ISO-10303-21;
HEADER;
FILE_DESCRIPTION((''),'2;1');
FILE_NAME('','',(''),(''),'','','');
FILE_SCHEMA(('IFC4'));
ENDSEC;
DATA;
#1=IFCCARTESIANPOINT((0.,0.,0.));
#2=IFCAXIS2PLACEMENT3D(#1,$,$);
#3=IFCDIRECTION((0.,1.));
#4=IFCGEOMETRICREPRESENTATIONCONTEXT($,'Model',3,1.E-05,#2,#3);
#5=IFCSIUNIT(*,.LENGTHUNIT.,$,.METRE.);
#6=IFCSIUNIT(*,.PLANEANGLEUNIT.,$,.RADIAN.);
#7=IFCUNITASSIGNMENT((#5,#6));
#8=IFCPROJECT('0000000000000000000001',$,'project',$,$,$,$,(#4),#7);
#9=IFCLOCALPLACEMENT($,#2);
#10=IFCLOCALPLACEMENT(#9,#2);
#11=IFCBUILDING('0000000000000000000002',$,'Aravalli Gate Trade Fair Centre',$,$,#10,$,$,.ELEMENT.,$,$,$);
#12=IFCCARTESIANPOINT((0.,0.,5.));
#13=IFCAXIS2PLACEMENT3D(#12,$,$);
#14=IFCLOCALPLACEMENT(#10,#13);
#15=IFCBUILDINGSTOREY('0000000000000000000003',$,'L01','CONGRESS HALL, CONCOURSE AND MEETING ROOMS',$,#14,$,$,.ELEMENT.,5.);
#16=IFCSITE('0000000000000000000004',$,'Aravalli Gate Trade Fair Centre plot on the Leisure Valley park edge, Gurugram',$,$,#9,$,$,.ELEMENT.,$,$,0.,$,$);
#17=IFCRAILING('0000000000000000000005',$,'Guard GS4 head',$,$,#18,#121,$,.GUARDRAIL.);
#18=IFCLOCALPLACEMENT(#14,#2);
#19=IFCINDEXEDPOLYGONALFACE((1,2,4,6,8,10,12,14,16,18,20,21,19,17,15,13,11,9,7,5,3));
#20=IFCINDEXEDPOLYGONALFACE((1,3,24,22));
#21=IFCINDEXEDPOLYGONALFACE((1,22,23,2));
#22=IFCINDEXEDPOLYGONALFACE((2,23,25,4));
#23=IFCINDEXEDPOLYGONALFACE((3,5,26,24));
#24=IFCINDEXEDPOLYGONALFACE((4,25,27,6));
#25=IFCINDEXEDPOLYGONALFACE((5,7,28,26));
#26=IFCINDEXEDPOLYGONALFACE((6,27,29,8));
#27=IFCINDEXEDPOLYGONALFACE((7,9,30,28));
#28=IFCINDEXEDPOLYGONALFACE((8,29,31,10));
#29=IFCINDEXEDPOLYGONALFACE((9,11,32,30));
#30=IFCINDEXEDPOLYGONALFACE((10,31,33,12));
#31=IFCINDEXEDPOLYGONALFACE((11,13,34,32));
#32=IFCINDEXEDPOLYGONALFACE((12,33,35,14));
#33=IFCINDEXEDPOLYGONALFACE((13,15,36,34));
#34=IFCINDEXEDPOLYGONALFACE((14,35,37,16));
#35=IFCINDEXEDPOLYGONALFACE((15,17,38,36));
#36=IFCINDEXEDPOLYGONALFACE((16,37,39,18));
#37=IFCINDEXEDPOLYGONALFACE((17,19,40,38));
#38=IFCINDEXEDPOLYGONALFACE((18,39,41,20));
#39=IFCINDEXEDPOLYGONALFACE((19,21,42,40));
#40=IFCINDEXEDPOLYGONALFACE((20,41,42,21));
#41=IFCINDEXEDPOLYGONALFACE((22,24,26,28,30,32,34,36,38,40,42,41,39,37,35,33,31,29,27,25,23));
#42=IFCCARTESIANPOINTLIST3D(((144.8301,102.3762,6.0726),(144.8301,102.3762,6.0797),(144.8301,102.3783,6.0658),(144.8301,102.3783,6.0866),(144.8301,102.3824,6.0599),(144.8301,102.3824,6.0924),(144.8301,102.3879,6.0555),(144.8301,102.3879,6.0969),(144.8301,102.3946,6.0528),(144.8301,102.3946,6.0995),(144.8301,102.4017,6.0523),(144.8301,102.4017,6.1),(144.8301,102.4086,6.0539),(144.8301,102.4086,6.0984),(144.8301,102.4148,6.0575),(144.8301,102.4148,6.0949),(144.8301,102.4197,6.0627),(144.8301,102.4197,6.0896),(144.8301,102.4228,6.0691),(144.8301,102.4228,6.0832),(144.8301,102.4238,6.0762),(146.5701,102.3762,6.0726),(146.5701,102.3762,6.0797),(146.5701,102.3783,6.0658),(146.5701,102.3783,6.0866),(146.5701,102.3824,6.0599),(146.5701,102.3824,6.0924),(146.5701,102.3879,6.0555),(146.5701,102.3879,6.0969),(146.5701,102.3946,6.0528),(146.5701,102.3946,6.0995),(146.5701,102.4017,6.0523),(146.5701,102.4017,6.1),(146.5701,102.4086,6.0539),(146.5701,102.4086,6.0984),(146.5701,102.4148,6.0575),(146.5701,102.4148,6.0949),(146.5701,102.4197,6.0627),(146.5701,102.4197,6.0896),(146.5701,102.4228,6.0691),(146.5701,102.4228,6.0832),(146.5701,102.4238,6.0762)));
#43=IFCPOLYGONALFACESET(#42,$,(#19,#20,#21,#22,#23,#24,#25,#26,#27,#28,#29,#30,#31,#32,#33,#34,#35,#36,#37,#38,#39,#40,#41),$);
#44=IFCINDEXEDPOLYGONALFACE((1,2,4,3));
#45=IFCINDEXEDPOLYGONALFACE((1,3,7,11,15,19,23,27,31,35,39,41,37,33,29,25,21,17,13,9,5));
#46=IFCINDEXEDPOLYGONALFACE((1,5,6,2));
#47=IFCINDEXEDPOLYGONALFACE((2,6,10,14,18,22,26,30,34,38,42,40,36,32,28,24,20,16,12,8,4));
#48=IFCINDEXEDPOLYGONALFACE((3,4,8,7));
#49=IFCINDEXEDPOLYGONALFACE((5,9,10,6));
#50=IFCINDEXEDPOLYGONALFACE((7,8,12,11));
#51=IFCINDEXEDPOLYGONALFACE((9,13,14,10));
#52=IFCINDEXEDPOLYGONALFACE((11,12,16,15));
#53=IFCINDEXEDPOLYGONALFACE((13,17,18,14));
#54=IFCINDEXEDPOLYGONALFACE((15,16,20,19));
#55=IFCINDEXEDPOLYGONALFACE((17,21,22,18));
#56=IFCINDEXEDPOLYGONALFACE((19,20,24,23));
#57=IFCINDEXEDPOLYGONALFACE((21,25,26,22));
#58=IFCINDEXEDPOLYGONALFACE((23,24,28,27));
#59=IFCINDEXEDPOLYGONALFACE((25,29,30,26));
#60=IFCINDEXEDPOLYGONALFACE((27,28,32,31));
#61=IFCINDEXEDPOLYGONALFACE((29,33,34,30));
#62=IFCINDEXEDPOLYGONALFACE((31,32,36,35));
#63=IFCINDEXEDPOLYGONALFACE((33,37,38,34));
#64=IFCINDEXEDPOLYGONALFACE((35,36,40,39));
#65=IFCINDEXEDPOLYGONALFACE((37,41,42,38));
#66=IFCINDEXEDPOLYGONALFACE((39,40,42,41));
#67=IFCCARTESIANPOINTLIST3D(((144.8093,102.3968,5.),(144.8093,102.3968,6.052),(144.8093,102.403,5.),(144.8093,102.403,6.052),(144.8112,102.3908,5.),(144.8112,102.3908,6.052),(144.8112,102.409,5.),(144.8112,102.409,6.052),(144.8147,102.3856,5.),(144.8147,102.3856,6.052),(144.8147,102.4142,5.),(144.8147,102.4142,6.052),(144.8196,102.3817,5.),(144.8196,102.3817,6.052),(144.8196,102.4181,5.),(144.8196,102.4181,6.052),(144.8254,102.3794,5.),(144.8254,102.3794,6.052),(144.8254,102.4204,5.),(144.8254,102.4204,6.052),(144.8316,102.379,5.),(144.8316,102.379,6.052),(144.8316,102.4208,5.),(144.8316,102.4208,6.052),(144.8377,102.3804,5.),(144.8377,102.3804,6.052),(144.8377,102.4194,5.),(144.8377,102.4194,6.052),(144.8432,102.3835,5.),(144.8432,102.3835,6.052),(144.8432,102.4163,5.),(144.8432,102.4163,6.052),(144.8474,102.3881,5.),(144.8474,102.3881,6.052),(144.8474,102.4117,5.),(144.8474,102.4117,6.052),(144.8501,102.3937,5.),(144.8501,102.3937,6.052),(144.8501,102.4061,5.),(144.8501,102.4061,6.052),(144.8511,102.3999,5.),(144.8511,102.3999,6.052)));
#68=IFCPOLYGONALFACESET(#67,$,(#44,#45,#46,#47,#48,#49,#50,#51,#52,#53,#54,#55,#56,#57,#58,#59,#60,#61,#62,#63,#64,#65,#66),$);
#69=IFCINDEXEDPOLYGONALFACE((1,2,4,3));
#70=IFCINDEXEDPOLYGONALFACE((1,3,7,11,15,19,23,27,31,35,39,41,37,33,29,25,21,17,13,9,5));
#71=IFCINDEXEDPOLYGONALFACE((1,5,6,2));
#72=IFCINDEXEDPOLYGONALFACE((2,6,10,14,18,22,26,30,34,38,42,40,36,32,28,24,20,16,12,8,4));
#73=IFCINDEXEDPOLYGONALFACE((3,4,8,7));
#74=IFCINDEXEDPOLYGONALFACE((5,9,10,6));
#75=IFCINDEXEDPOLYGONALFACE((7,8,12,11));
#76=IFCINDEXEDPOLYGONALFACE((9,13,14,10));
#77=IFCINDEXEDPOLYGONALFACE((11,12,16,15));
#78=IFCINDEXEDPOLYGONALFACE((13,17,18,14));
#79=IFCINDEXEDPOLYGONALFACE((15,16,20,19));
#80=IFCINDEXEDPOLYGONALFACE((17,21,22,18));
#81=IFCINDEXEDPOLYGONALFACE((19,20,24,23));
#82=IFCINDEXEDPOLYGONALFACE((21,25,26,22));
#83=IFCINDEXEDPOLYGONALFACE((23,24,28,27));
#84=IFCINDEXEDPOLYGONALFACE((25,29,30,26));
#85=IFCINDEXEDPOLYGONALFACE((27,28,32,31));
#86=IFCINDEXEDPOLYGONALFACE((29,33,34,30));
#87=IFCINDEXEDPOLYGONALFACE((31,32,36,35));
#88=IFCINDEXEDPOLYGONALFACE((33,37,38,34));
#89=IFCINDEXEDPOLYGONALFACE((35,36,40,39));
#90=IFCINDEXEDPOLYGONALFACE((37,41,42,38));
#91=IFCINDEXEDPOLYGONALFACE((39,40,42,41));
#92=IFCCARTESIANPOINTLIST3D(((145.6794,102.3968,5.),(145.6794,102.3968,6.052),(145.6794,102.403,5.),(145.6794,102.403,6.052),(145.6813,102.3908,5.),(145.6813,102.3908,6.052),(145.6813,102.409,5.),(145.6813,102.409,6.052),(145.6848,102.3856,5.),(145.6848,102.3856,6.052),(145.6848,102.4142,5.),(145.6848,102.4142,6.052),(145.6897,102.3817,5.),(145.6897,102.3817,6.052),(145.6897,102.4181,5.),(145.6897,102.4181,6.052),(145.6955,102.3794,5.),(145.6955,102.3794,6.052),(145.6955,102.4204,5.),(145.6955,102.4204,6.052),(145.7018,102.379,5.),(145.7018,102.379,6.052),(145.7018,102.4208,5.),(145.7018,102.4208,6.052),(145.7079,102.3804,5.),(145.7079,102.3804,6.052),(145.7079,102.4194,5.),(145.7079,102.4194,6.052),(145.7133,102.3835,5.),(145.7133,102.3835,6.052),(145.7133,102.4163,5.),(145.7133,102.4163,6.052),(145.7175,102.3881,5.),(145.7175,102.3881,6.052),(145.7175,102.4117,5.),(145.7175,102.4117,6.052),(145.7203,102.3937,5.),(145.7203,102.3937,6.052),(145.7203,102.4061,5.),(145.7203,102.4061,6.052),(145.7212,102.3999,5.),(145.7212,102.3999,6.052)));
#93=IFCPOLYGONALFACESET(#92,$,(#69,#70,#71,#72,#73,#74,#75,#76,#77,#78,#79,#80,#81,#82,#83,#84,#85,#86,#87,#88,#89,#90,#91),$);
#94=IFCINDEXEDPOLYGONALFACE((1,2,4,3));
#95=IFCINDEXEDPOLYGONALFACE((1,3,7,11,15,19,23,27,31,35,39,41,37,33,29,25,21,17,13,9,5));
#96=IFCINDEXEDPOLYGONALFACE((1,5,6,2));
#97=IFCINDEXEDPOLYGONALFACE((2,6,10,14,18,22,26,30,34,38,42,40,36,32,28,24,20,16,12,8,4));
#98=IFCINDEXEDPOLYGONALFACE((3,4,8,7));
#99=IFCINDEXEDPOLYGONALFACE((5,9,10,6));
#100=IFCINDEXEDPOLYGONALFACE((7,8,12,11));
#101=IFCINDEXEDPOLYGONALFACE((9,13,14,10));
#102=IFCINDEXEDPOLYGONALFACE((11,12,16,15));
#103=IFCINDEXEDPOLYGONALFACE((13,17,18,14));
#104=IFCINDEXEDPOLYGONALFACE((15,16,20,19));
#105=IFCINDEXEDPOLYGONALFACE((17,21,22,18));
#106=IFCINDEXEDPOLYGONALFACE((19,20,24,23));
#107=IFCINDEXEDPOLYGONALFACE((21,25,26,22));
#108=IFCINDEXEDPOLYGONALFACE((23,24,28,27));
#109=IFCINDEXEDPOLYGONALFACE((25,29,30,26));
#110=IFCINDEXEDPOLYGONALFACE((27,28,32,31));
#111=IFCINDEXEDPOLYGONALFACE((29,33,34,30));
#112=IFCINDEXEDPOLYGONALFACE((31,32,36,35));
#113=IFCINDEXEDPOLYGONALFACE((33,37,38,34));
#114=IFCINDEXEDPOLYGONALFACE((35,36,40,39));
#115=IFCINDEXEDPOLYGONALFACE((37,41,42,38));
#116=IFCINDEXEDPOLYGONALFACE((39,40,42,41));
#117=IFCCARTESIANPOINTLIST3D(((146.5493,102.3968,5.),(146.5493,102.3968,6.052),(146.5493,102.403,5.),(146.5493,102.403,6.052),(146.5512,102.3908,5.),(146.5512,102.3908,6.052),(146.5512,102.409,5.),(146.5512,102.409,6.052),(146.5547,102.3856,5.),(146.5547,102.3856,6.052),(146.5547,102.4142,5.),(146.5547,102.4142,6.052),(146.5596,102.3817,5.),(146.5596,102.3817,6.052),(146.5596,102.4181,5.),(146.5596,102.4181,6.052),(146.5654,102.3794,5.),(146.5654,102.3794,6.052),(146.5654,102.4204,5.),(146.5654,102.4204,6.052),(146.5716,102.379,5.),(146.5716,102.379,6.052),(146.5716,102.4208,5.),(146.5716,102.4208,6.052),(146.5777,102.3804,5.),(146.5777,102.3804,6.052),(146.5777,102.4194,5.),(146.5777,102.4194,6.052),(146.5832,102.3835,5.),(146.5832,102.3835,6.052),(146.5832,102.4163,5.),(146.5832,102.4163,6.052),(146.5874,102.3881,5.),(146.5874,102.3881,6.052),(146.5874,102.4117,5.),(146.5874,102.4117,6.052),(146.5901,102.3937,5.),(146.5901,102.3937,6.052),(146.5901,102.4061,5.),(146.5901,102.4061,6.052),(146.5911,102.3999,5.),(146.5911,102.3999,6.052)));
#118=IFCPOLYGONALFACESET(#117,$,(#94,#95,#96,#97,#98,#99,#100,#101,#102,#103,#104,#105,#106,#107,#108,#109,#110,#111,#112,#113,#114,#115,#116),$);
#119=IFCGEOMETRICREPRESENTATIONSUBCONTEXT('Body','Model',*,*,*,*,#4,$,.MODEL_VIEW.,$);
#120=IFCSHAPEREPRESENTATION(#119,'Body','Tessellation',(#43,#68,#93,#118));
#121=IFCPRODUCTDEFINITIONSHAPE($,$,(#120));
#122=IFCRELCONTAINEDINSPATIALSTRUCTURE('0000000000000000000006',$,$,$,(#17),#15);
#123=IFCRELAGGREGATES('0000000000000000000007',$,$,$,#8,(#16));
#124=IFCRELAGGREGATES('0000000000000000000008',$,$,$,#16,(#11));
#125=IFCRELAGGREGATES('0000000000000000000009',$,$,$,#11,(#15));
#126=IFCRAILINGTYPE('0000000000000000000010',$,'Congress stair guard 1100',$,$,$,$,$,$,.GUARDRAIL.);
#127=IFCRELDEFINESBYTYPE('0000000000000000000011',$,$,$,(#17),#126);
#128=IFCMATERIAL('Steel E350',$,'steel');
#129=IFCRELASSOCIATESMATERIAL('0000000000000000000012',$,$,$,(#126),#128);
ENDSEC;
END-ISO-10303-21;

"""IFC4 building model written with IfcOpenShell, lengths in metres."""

from ifc_helpers import new_model, si_unit, direction, frame, origin, origin_2d, place, context, subcontext, project, spatial, circle, extrude, material, type_object, element, save


model = new_model("IFC4")

# Units and contexts
model_context = context("Model", 3, precision=1e-05, world=origin(), true_north=direction((0.0, 1.0)))
body_context = subcontext(model_context, "Body", "Model", "MODEL_VIEW")
ifc_project = project(units=[si_unit("LENGTHUNIT", "METRE"), si_unit("PLANEANGLEUNIT", "RADIAN")], contexts=[model_context])

# Site, building, storey
site_placement = place(None, origin())
site = spatial("IfcSite", under=ifc_project, at=site_placement, Name="Aravalli Gate Trade Fair Centre plot on the Leisure Valley park edge, Gurugram", CompositionType="ELEMENT", RefElevation=0.0)
building_placement = place(site_placement, origin())
building = spatial("IfcBuilding", under=site, at=building_placement, Name="Aravalli Gate Trade Fair Centre", CompositionType="ELEMENT")
storey_placement = place(building_placement, frame((0.0, 0.0, 5.0)))
storey = spatial("IfcBuildingStorey", under=building, at=storey_placement, Name="L01", Description="CONGRESS HALL, CONCOURSE AND MEETING ROOMS", CompositionType="ELEMENT", Elevation=5.0)

# Railing
ifc_material_1 = material(Name="Steel E350", Category="steel")
railing_type = type_object("IfcRailingType", Name="Congress stair guard 1100", PredefinedType="GUARDRAIL", material=ifc_material_1)
railing_placement = place(storey_placement, frame((144.8301, 102.3999, 5.0)))
element("IfcRailing", 1, at=railing_placement, inside=storey, type_object=railing_type, Name="Guard GS4 head", PredefinedType="GUARDRAIL", context=body_context, shape_type="SweptSolid", body=[
    extrude(circle(Radius=0.0239, at=origin_2d()), frame((0.0, 0.0, 1.0762), z_axis=(1.0, 0.0, 0.0), x_axis=(0.0, 1.0, 0.0)), (0.0, 0.0, 1.0), 1.74),
    extrude(circle(Radius=0.021, at=origin_2d()), origin(), (0.0, 0.0, 1.0), 1.052),
    extrude(circle(Radius=0.021, at=origin_2d()), frame((0.8701, 0.0, 0.0)), (0.0, 0.0, 1.0), 1.052),
    extrude(circle(Radius=0.021, at=origin_2d()), frame((1.74, 0.0, 0.0)), (0.0, 0.0, 1.0), 1.052),
])

save(model, "model.ifc")
